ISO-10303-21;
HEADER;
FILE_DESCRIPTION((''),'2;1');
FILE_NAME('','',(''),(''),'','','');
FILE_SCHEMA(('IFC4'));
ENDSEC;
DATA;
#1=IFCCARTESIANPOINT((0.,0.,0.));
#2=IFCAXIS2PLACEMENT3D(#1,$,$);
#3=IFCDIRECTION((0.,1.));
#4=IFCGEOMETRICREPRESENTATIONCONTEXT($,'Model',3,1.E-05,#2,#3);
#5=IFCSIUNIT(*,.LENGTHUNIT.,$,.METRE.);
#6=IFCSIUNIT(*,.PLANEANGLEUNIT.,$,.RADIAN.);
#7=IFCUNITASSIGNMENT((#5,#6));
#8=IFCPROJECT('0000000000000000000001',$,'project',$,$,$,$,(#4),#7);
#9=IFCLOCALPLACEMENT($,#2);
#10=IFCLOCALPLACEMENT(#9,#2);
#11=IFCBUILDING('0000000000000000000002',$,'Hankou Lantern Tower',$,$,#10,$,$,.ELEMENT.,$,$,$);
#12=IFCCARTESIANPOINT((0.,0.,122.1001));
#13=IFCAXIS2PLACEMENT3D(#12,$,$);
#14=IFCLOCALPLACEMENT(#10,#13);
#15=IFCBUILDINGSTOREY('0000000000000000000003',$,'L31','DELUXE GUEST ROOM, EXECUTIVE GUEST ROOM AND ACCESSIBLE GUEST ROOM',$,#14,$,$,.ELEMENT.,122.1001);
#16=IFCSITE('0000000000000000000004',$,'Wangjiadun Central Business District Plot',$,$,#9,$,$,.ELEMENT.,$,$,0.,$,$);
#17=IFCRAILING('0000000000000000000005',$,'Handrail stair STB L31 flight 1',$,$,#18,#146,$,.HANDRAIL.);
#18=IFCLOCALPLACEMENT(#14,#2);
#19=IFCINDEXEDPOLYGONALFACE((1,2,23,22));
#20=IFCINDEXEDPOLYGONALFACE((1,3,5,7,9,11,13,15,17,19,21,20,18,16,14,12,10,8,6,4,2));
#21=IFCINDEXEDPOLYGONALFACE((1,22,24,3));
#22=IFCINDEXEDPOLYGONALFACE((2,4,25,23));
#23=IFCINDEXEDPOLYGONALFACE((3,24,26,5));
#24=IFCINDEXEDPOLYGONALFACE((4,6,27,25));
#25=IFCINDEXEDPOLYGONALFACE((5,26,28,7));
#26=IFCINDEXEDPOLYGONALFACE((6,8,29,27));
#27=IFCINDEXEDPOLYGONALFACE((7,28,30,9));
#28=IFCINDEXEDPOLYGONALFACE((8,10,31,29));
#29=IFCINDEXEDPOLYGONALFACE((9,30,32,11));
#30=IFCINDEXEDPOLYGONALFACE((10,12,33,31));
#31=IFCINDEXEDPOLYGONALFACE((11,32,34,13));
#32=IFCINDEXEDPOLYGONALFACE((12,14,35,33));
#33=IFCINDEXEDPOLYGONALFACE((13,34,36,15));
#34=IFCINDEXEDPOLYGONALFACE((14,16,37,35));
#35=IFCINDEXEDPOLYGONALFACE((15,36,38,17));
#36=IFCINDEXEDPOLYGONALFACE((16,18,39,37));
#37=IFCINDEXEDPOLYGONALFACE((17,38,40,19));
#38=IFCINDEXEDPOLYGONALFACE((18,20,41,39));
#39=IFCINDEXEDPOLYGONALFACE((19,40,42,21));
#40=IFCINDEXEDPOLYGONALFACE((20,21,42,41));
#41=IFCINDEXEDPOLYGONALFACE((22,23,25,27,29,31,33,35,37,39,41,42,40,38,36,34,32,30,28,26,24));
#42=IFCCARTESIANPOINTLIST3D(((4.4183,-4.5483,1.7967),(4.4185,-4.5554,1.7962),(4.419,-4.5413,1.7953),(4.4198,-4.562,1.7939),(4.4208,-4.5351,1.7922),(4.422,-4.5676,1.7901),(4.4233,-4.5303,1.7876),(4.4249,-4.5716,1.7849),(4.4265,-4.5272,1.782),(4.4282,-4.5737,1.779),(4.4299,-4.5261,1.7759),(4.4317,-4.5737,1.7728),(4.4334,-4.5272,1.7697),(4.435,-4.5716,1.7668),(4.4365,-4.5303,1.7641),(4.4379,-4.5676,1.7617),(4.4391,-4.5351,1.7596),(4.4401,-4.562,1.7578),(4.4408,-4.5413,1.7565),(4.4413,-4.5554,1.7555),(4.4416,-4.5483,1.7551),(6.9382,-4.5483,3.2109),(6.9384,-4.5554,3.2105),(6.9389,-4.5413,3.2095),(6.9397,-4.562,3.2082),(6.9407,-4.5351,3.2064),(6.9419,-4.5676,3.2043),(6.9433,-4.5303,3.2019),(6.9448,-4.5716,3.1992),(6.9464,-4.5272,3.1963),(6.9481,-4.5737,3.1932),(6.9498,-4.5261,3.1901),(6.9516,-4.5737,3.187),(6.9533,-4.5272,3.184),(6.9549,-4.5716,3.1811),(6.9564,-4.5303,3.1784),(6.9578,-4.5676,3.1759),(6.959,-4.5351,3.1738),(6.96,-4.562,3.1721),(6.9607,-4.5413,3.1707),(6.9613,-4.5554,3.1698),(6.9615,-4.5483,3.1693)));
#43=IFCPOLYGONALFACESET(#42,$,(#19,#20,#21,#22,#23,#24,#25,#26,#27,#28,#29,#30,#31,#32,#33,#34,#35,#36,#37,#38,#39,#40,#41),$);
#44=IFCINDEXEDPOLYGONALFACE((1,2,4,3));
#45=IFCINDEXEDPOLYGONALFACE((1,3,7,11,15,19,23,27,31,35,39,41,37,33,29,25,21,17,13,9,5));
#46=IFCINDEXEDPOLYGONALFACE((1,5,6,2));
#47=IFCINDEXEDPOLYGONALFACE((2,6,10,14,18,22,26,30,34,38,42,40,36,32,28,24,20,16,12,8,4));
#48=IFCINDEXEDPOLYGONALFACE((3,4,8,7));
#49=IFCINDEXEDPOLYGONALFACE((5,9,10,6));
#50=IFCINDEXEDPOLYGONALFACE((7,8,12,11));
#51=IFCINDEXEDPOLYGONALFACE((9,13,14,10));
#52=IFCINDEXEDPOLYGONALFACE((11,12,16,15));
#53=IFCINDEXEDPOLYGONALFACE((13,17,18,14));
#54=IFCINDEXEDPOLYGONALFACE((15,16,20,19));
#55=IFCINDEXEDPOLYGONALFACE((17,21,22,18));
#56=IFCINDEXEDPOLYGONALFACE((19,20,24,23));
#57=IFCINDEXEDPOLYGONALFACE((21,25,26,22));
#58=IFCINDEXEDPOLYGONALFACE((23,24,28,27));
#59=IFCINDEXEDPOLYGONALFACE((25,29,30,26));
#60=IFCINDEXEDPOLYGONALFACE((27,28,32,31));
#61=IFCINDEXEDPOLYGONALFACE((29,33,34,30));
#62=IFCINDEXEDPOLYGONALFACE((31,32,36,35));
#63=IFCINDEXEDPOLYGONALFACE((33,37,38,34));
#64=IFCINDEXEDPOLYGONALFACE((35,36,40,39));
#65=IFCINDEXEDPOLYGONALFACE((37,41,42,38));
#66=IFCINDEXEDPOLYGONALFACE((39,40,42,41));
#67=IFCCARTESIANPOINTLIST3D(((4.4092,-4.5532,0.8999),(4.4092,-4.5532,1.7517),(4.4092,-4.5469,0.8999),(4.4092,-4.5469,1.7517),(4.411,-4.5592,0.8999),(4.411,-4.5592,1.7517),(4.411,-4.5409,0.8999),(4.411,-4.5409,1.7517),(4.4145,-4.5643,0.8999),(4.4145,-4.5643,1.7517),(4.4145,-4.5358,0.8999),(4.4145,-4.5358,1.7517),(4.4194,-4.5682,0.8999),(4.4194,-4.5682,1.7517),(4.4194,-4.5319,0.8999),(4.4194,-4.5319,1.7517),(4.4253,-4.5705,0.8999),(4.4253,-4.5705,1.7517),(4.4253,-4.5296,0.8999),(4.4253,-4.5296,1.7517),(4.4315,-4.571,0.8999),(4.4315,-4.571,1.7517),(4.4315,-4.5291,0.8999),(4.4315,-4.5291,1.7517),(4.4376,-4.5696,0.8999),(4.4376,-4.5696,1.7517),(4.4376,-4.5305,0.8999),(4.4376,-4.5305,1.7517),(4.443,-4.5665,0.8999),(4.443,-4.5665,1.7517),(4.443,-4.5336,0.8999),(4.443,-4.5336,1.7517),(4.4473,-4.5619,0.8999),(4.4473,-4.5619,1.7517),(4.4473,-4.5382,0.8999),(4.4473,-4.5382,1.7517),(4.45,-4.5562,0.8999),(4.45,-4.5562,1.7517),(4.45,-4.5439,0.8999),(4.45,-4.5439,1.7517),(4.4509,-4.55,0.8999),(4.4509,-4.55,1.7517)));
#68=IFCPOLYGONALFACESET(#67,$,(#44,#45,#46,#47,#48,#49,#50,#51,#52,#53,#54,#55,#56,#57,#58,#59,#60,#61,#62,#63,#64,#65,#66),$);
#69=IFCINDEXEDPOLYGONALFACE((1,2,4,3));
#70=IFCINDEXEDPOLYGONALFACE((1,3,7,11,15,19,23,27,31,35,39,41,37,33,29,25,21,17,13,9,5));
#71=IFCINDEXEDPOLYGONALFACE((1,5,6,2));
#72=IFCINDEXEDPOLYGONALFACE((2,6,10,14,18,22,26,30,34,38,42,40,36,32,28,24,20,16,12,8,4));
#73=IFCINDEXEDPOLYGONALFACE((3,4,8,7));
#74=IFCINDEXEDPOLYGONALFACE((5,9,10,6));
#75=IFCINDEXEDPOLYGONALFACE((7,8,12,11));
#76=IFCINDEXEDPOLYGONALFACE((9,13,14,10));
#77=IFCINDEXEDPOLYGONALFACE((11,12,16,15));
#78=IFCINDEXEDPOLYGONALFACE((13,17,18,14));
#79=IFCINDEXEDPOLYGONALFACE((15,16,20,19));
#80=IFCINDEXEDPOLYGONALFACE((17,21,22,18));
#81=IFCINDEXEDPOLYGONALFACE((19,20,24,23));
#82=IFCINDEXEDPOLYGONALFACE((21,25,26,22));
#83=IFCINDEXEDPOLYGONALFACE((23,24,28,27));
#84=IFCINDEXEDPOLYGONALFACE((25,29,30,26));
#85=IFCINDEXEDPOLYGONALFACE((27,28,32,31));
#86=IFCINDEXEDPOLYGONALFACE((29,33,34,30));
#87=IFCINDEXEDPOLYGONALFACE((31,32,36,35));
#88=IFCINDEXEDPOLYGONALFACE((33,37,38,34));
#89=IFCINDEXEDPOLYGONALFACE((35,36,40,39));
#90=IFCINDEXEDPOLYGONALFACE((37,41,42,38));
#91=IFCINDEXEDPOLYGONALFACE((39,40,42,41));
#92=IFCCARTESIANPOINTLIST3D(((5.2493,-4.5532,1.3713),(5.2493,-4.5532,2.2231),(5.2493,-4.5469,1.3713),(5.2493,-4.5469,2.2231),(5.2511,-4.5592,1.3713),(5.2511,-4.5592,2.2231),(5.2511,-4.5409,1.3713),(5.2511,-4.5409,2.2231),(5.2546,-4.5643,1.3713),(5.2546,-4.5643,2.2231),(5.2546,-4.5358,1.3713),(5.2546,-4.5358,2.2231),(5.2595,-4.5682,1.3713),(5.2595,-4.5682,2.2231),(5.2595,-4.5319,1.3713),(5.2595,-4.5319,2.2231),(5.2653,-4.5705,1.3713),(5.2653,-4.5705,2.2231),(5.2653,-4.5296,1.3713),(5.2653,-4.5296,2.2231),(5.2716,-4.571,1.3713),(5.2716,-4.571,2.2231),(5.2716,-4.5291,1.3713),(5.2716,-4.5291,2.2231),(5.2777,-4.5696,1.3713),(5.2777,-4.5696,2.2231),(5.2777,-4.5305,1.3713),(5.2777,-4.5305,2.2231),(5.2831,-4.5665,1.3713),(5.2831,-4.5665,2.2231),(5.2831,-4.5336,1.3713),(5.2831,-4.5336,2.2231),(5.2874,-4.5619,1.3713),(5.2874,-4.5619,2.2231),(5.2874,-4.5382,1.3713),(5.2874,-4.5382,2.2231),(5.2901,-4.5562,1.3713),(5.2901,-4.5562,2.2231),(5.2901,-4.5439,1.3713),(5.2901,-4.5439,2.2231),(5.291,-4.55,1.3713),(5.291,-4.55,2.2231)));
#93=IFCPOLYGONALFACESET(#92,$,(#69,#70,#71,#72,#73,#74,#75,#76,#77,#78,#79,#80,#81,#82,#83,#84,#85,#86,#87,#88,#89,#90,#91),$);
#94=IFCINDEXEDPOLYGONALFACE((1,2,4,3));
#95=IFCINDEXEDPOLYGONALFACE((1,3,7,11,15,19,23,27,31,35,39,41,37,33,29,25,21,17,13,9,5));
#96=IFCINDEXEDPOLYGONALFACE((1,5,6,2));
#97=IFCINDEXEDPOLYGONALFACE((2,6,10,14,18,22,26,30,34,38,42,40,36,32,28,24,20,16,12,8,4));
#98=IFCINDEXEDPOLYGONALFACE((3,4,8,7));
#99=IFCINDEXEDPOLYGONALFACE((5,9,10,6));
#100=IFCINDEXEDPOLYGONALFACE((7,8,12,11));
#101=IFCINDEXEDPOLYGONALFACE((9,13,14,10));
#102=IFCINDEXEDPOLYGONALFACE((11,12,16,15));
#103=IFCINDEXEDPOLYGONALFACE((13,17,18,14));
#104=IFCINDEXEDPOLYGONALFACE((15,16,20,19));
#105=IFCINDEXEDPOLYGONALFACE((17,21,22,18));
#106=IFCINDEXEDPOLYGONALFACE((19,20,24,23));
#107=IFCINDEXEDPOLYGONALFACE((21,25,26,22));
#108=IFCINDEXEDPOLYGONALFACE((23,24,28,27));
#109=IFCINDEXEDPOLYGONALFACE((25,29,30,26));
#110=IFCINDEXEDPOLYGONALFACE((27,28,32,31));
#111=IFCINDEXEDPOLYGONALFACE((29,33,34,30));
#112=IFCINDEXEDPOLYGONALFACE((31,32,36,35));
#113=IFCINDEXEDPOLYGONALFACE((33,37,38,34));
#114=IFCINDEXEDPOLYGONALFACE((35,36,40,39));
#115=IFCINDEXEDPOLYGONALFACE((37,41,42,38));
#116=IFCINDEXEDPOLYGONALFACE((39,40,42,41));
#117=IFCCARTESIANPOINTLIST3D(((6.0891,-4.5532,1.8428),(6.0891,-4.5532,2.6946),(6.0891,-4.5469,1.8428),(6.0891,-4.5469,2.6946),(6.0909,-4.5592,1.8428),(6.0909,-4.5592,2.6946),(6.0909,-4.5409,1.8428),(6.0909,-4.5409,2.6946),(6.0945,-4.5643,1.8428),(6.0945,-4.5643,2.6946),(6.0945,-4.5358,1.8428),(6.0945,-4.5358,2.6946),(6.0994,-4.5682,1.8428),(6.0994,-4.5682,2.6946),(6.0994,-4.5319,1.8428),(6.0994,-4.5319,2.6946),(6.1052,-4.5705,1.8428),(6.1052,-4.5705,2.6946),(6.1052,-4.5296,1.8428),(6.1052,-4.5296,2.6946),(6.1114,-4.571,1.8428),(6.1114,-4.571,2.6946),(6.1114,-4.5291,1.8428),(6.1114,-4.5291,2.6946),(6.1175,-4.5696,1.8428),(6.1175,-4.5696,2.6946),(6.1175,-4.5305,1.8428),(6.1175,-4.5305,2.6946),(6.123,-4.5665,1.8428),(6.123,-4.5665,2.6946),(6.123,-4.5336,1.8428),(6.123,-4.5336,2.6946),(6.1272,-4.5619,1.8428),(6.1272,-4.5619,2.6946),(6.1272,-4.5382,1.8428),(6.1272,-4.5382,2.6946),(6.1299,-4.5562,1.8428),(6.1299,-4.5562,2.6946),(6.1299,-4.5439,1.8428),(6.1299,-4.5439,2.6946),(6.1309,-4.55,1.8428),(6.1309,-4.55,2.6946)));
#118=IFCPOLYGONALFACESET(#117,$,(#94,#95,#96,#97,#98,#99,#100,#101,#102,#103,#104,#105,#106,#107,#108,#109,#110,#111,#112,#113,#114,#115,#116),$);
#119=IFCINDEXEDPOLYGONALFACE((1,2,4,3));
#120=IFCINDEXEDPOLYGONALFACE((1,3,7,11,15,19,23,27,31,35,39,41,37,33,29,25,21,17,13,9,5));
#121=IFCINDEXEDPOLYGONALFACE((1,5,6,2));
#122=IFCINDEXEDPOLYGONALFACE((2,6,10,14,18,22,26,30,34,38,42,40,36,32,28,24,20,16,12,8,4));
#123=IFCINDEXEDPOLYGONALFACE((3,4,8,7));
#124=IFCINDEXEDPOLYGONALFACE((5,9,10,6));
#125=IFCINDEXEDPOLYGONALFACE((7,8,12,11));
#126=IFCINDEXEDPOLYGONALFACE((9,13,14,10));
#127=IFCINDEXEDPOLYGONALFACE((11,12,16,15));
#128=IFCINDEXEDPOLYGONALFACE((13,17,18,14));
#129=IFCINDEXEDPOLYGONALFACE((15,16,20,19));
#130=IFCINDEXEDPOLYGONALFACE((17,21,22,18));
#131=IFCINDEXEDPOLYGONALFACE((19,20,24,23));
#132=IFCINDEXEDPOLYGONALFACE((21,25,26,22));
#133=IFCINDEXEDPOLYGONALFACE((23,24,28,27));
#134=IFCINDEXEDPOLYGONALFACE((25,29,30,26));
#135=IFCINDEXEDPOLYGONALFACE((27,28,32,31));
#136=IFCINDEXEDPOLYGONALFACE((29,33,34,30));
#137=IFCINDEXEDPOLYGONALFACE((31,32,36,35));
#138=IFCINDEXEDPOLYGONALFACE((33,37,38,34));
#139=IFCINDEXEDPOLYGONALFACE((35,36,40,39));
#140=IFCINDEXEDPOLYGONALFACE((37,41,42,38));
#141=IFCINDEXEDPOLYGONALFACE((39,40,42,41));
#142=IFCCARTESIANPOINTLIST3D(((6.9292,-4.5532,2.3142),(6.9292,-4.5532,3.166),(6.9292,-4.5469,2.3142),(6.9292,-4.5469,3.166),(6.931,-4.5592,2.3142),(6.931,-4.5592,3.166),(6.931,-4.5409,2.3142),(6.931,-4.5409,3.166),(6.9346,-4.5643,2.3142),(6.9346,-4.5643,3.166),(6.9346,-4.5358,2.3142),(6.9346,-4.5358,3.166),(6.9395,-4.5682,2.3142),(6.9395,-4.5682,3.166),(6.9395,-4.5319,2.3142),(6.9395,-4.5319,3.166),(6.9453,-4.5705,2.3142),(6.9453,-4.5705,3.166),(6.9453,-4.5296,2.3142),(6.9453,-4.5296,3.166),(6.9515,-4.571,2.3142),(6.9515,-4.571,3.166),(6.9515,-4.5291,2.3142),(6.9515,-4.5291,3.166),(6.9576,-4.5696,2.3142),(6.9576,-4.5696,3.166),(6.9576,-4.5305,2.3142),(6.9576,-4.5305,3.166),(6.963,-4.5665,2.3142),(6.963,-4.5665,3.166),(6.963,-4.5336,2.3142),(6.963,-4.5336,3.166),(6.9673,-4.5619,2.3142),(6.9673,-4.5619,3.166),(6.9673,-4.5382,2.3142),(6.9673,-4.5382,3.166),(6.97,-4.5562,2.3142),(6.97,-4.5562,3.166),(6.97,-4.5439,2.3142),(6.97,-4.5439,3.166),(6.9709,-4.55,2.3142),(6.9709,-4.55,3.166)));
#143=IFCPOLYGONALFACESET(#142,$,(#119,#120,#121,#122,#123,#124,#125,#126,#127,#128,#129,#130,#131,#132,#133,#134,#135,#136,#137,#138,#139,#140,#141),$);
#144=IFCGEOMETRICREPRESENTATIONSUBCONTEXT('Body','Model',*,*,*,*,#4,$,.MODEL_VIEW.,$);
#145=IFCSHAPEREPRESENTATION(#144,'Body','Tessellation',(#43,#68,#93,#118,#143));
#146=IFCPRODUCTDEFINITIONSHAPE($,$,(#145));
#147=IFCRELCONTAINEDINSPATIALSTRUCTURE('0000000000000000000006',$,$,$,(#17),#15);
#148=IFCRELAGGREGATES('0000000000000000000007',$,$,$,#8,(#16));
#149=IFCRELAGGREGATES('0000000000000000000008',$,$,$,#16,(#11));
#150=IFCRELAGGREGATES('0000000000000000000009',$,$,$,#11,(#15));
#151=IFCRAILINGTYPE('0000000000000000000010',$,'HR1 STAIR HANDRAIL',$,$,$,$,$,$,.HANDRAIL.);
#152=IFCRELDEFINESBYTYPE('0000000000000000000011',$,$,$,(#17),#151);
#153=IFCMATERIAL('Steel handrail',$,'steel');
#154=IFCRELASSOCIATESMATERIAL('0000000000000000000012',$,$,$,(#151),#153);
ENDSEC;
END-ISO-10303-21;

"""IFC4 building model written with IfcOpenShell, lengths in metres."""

from ifc_helpers import new_model, si_unit, direction, frame, origin, origin_2d, place, context, subcontext, project, spatial, circle, extrude, material, type_object, element, save


model = new_model("IFC4")

# Units and contexts
model_context = context("Model", 3, precision=1e-05, world=origin(), true_north=direction((0.0, 1.0)))
body_context = subcontext(model_context, "Body", "Model", "MODEL_VIEW")
ifc_project = project(units=[si_unit("LENGTHUNIT", "METRE"), si_unit("PLANEANGLEUNIT", "RADIAN")], contexts=[model_context])

# Site, building, storey
site_placement = place(None, origin())
site = spatial("IfcSite", under=ifc_project, at=site_placement, Name="Wangjiadun Central Business District Plot", CompositionType="ELEMENT", RefElevation=0.0)
building_placement = place(site_placement, origin())
building = spatial("IfcBuilding", under=site, at=building_placement, Name="Hankou Lantern Tower", CompositionType="ELEMENT")
storey_placement = place(building_placement, frame((0.0, 0.0, 122.1001)))
storey = spatial("IfcBuildingStorey", under=building, at=storey_placement, Name="L31", Description="DELUXE GUEST ROOM, EXECUTIVE GUEST ROOM AND ACCESSIBLE GUEST ROOM", CompositionType="ELEMENT", Elevation=122.1001)

# Railing
ifc_material_1 = material(Name="Steel handrail", Category="steel")
railing_type = type_object("IfcRailingType", Name="HR1 STAIR HANDRAIL", PredefinedType="HANDRAIL", material=ifc_material_1)
railing_1_placement = place(storey_placement, frame((4.4299, -4.55, 0.8999)))
element("IfcRailing", 1, at=railing_1_placement, inside=storey, type_object=railing_type, Name="Handrail stair STB L31 flight 1", PredefinedType="HANDRAIL", context=body_context, shape_type="SweptSolid", body=[
    extrude(circle(Radius=0.0239, at=origin_2d()), frame((0.0, 0.0, 0.876), z_axis=(0.872049, 0.0, 0.489419), x_axis=(0.0, 1.0, 0.0)), (0.0, 0.0, 1.0), 2.8896),
    extrude(circle(Radius=0.021, at=origin_2d()), origin(), (0.0, 0.0, 1.0), 0.8518),
    extrude(circle(Radius=0.021, at=origin_2d()), frame((0.8401, 0.0, 0.4714)), (0.0, 0.0, 1.0), 0.8518),
    extrude(circle(Radius=0.021, at=origin_2d()), frame((1.6799, 0.0, 0.9429)), (0.0, 0.0, 1.0), 0.8518),
    extrude(circle(Radius=0.021, at=origin_2d()), frame((2.52, 0.0, 1.4143)), (0.0, 0.0, 1.0), 0.8518),
])

save(model, "model.ifc")
